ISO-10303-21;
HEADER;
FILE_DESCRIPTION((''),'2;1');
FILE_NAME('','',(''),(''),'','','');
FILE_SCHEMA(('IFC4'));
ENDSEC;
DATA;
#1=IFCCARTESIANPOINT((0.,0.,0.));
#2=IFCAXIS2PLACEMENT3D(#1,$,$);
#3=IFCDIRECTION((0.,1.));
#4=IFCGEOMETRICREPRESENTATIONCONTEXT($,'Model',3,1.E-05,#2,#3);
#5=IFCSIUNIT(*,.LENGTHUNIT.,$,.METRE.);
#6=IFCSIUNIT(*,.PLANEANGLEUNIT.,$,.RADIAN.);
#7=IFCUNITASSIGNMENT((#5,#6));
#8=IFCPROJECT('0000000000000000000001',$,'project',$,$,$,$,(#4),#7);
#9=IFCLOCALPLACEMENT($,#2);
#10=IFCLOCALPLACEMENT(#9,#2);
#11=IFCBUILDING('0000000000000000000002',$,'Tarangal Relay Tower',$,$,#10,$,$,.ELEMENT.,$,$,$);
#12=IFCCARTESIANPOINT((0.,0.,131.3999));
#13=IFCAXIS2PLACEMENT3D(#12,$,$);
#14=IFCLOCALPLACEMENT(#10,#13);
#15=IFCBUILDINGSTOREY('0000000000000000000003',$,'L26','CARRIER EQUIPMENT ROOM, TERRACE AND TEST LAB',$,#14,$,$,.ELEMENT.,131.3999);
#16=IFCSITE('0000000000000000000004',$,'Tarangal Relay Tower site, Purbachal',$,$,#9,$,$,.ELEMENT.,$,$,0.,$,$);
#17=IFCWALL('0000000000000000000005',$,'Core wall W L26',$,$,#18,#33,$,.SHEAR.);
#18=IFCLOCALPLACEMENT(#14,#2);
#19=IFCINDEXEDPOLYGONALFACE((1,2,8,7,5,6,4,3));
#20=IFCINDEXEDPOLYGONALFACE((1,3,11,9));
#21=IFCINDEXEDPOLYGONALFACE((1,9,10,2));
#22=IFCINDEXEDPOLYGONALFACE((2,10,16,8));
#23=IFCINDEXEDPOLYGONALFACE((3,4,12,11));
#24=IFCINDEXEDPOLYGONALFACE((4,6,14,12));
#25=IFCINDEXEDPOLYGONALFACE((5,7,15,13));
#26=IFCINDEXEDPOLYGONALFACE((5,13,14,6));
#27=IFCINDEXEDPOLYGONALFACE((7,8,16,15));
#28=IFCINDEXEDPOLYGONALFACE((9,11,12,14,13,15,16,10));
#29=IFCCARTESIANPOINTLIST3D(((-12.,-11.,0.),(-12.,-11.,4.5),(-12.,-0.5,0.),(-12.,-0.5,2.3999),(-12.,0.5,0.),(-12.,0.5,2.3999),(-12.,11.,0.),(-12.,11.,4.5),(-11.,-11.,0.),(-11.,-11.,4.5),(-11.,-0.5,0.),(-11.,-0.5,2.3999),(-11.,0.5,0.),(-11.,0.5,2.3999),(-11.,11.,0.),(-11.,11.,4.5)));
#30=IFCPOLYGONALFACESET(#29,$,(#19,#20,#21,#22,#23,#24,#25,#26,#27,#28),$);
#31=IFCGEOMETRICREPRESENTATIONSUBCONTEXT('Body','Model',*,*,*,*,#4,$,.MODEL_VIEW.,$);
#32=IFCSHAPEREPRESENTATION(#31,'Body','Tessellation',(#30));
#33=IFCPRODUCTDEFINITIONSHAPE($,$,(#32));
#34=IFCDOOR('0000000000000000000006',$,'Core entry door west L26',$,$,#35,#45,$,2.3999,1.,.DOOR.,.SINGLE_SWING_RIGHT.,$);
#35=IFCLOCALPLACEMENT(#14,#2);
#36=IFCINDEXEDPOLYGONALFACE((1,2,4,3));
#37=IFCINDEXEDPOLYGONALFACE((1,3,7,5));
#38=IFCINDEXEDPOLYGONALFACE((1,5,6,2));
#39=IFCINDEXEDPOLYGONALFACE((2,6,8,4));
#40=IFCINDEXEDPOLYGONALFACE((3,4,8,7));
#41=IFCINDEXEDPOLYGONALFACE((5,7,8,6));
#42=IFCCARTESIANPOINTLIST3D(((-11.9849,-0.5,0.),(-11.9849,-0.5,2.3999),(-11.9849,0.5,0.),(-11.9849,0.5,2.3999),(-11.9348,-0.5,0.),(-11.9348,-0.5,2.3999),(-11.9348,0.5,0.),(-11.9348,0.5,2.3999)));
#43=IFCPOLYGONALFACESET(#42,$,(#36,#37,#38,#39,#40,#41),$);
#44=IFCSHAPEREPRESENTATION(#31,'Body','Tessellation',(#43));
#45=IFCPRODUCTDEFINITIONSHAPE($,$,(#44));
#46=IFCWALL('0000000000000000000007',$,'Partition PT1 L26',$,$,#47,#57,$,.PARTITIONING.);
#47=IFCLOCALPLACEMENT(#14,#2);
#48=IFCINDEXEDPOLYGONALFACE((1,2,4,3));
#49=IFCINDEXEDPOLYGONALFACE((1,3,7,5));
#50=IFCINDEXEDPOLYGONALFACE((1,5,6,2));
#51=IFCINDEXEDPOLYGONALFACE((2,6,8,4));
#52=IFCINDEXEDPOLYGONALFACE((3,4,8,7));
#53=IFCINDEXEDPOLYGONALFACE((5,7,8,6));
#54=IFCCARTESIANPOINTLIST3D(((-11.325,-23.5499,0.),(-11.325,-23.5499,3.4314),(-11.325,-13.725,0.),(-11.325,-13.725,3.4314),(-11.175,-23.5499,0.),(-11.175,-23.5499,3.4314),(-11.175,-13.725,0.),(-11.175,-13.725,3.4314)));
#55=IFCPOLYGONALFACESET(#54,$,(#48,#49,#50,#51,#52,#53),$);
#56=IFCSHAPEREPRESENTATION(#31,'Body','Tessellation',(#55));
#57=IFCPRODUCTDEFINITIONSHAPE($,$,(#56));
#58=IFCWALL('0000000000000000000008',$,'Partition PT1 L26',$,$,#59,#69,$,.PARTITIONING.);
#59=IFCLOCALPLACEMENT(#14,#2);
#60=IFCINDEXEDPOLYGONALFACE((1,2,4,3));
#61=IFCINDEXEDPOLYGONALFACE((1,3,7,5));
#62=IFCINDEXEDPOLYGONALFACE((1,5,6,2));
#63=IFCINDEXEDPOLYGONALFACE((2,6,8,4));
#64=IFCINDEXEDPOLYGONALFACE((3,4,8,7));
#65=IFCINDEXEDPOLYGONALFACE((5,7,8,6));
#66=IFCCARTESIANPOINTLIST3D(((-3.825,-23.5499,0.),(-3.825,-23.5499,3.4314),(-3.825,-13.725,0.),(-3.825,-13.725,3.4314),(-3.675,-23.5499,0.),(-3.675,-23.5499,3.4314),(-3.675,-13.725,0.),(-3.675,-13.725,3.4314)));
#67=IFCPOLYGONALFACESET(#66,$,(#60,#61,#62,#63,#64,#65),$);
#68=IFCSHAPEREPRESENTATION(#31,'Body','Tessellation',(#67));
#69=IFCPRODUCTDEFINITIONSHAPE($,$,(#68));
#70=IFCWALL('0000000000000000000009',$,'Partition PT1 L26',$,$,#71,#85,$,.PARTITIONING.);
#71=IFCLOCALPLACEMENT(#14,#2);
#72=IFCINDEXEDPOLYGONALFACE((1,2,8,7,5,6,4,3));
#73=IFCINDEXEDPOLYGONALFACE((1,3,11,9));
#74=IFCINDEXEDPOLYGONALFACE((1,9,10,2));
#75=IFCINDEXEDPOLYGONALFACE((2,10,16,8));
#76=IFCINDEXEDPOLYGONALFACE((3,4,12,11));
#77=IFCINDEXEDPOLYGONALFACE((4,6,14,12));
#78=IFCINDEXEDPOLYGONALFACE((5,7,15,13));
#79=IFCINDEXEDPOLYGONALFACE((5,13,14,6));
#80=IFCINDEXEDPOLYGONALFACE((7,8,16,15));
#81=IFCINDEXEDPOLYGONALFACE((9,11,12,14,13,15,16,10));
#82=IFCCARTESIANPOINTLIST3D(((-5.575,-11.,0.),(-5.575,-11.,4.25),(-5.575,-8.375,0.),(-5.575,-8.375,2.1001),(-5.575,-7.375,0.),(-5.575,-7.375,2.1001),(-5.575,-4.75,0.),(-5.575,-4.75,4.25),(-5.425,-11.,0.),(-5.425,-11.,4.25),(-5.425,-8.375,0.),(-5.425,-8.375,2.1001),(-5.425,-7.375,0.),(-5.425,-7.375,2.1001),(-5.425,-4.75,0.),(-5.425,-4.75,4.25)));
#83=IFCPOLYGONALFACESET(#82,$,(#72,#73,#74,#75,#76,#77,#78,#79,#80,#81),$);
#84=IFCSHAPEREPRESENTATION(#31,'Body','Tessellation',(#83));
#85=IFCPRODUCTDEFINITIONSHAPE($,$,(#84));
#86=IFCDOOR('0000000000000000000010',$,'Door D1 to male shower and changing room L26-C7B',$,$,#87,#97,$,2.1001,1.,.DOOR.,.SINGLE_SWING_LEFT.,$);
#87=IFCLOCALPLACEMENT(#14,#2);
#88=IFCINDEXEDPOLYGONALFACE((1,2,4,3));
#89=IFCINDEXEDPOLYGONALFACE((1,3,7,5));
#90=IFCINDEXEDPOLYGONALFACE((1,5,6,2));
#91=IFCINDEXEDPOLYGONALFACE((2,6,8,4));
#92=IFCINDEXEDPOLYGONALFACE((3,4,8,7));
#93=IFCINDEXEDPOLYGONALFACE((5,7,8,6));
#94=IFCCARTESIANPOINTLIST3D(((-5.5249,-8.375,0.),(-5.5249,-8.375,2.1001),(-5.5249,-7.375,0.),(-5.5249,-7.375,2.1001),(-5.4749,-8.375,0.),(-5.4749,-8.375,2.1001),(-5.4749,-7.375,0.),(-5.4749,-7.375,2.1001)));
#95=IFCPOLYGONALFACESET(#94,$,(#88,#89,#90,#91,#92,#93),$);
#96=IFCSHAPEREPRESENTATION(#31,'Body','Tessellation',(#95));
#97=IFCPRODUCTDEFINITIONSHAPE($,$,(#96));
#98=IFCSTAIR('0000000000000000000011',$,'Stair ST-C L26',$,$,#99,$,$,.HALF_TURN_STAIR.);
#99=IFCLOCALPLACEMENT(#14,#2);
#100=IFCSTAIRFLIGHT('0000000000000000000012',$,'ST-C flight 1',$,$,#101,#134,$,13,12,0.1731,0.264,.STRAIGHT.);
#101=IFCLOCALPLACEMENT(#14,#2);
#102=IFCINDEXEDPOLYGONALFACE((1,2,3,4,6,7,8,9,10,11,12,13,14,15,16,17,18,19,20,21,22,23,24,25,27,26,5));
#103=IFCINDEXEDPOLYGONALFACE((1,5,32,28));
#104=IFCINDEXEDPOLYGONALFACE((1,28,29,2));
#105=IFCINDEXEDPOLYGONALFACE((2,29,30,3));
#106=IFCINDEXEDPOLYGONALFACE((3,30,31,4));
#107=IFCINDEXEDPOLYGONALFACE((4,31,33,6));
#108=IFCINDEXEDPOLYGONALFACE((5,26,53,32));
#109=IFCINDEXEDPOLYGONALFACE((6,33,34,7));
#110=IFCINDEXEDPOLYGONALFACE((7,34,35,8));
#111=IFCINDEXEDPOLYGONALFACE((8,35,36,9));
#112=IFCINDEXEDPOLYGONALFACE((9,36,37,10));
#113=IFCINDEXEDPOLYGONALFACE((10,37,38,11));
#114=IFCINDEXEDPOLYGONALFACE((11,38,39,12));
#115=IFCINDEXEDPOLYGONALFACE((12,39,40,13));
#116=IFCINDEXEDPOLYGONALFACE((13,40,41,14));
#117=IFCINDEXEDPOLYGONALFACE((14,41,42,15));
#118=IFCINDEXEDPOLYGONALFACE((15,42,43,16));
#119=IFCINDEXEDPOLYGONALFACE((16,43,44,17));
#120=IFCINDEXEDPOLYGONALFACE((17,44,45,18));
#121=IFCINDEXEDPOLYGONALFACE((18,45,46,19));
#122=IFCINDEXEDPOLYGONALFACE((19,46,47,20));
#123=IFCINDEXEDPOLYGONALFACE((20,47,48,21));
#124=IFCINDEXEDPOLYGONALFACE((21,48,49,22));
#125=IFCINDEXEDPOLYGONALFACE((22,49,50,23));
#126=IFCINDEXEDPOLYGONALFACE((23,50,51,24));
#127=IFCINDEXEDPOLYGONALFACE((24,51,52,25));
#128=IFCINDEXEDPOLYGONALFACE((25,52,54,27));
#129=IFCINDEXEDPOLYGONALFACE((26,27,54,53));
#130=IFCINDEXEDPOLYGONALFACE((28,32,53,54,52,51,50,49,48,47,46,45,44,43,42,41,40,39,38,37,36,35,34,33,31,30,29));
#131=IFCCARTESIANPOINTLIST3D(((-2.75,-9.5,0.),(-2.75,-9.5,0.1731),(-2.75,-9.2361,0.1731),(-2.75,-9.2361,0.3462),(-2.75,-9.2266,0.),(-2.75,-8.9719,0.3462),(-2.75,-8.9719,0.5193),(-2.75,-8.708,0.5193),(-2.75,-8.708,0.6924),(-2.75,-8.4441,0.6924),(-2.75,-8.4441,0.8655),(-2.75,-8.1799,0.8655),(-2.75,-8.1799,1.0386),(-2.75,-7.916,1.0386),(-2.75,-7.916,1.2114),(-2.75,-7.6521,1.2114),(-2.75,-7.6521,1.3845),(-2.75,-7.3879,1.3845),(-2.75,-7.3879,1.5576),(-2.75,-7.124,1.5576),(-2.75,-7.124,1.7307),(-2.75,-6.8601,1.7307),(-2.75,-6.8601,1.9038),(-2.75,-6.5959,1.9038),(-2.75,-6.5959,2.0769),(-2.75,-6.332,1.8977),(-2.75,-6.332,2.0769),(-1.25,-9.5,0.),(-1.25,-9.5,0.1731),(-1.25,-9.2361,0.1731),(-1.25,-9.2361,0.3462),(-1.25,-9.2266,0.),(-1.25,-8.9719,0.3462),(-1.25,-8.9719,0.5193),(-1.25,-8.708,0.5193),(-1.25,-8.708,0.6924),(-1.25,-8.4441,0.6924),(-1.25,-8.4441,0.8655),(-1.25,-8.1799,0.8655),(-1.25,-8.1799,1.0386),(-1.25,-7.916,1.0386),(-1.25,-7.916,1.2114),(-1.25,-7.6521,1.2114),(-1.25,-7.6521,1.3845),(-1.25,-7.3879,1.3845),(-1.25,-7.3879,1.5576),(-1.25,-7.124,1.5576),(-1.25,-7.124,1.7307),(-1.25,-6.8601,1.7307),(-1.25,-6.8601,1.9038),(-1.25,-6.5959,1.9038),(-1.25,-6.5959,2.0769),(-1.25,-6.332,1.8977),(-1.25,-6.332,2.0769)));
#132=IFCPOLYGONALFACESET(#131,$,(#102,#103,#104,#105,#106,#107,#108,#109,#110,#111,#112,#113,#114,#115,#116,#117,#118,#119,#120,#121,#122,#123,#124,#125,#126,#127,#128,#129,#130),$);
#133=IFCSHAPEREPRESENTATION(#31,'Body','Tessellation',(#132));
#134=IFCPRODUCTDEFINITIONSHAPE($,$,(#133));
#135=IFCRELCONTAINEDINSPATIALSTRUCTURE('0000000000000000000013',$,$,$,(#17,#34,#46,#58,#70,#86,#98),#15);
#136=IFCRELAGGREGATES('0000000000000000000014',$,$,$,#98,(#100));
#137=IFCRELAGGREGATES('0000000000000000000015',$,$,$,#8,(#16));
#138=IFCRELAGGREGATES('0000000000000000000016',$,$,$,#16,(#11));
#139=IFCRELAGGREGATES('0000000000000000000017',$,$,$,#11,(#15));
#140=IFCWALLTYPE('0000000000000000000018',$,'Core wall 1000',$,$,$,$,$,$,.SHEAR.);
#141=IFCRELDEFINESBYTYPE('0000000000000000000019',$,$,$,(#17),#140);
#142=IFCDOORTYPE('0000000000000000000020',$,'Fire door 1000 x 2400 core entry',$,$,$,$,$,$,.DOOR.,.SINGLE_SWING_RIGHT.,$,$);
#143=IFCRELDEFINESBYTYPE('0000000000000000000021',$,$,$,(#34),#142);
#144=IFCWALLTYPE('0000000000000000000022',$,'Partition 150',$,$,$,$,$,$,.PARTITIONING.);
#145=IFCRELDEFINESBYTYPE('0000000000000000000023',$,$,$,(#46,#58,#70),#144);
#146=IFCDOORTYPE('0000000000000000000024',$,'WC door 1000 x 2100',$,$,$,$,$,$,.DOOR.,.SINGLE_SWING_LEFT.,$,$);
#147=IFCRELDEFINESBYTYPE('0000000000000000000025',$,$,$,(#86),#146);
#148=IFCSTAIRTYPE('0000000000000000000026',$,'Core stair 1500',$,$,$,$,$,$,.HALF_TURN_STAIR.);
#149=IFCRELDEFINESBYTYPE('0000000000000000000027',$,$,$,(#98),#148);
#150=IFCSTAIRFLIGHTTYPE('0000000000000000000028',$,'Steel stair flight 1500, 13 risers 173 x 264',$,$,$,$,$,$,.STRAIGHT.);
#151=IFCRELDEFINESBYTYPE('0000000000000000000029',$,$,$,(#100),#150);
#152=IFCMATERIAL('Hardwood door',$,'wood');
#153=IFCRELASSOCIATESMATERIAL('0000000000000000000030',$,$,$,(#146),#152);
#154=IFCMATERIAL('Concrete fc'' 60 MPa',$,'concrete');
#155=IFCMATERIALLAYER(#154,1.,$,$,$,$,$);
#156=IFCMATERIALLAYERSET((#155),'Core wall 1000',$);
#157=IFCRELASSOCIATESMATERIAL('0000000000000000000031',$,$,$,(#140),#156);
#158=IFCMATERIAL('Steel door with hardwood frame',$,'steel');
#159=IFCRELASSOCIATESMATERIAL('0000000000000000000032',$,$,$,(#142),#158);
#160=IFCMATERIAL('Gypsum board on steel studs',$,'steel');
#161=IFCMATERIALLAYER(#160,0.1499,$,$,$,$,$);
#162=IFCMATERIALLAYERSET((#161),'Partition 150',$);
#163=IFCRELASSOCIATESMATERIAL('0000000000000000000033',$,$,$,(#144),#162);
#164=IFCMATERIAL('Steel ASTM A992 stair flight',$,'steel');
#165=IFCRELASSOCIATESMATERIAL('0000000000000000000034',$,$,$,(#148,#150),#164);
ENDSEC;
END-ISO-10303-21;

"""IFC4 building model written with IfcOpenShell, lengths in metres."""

from ifc_helpers import new_model, si_unit, direction, frame, frame_2d, origin, place, context, subcontext, project, spatial, polyline, rectangle, outline, extrude, material, layer, layer_set, type_object, element, fill, aggregate, save


model = new_model("IFC4")

# Units and contexts
model_context = context("Model", 3, precision=1e-05, world=origin(), true_north=direction((0.0, 1.0)))
body_context = subcontext(model_context, "Body", "Model", "MODEL_VIEW")
ifc_project = project(units=[si_unit("LENGTHUNIT", "METRE"), si_unit("PLANEANGLEUNIT", "RADIAN")], contexts=[model_context])

# Site, building, storey
site_placement = place(None, origin())
site = spatial("IfcSite", under=ifc_project, at=site_placement, Name="Tarangal Relay Tower site, Purbachal", CompositionType="ELEMENT", RefElevation=0.0)
building_placement = place(site_placement, origin())
building = spatial("IfcBuilding", under=site, at=building_placement, Name="Tarangal Relay Tower", CompositionType="ELEMENT")
storey_placement = place(building_placement, frame((0.0, 0.0, 131.3999)))
storey = spatial("IfcBuildingStorey", under=building, at=storey_placement, Name="L26", Description="CARRIER EQUIPMENT ROOM, TERRACE AND TEST LAB", CompositionType="ELEMENT", Elevation=131.3999)

# Shared definitions
ifc_material_1 = material(Name="Concrete fc' 60 MPa", Category="concrete")

# Shared definitions
ifc_material_2 = material(Name="Hardwood door", Category="wood")
door_type_1 = type_object("IfcDoorType", Name="WC door 1000 x 2100", OperationType="SINGLE_SWING_LEFT", PredefinedType="DOOR", material=ifc_material_2)

# Wall, opening, door
ifc_layer_1 = layer(ifc_material_1, 1.0)
ifc_layer_set_1 = layer_set([ifc_layer_1], Name="Core wall 1000")
wall_type_1 = type_object("IfcWallType", Name="Core wall 1000", PredefinedType="SHEAR", material=ifc_layer_set_1)
wall_1_placement = place(storey_placement, frame((-11.5, -11.0, 0.0), z_axis=(0.0, 0.0, 1.0), x_axis=(0.0, 1.0, 0.0)))
wall_1 = element("IfcWall", 1, at=wall_1_placement, inside=storey, type_object=wall_type_1, Name="Core wall W L26", PredefinedType="SHEAR", context=body_context, shape_type="SweptSolid", body=[
    extrude(rectangle(XDim=22.0, YDim=1.0, at=frame_2d((11.0, 0.0))), origin(), (0.0, 0.0, 1.0), 4.5),
])
opening_1_placement = place(wall_1_placement, frame((10.5, 0.0, 0.0)))
opening_1 = element("IfcOpeningElement", 2, at=opening_1_placement, cuts=wall_1, PredefinedType="OPENING", context=body_context, shape_type="SweptSolid", body=[
    extrude(rectangle(XDim=1.0, YDim=2.3999, at=frame_2d((0.5, 1.2))), frame((0.0, 0.51, 0.0), z_axis=(0.0, -1.0, 0.0), x_axis=(1.0, 0.0, 0.0)), (0.0, 0.0, 1.0), 1.02),
])
ifc_material_3 = material(Name="Steel door with hardwood frame", Category="steel")
door_type_2 = type_object("IfcDoorType", Name="Fire door 1000 x 2400 core entry", OperationType="SINGLE_SWING_RIGHT", PredefinedType="DOOR", material=ifc_material_3)
door_1_placement = place(opening_1_placement, origin())
door_1 = element("IfcDoor", 3, at=door_1_placement, inside=storey, type_object=door_type_2, Name="Core entry door west L26", OperationType="SINGLE_SWING_RIGHT", OverallHeight=2.3999, OverallWidth=1.0, PredefinedType="DOOR", context=body_context, shape_type="SweptSolid", body=[
    extrude(rectangle(XDim=1.0, YDim=2.3999, at=frame_2d((0.5, 1.2))), frame((0.0, 0.4849, 0.0), z_axis=(0.0, -1.0, 0.0), x_axis=(1.0, 0.0, 0.0)), (0.0, 0.0, 1.0), 0.05),
])
fill(opening_1, door_1)

# Walls
ifc_material_4 = material(Name="Gypsum board on steel studs", Category="steel")
ifc_layer_2 = layer(ifc_material_4, 0.1499)
ifc_layer_set_2 = layer_set([ifc_layer_2], Name="Partition 150")
wall_type_2 = type_object("IfcWallType", Name="Partition 150", PredefinedType="PARTITIONING", material=ifc_layer_set_2)
for number, where, z_axis, x_axis, name in (
    (4, (-11.25, -23.55, 0.0), (0.0, 0.0, 1.0), (0.0, 1.0, 0.0), "Partition PT1 L26"),
    (5, (-3.75, -23.55, 0.0), (0.0, 0.0, 1.0), (0.0, 1.0, 0.0), "Partition PT1 L26"),
):
    element("IfcWall", number, at=place(storey_placement, frame(where, z_axis=z_axis, x_axis=x_axis)), inside=storey, type_object=wall_type_2, Name=name, PredefinedType="PARTITIONING", context=body_context, shape_type="SweptSolid", body=[
        extrude(rectangle(XDim=9.825, YDim=0.1499, at=frame_2d((4.9126, 0.0))), origin(), (0.0, 0.0, 1.0), 3.4314),
    ])

# Wall, opening, door
wall_2_placement = place(storey_placement, frame((-5.5, -11.0, 0.0), z_axis=(0.0, 0.0, 1.0), x_axis=(0.0, 1.0, 0.0)))
wall_2 = element("IfcWall", 6, at=wall_2_placement, inside=storey, type_object=wall_type_2, Name="Partition PT1 L26", PredefinedType="PARTITIONING", context=body_context, shape_type="SweptSolid", body=[
    extrude(rectangle(XDim=6.25, YDim=0.1499, at=frame_2d((3.125, 0.0))), origin(), (0.0, 0.0, 1.0), 4.25),
])
opening_2_placement = place(wall_2_placement, frame((2.625, 0.0, 0.0)))
opening_2 = element("IfcOpeningElement", 7, at=opening_2_placement, cuts=wall_2, PredefinedType="OPENING", context=body_context, shape_type="SweptSolid", body=[
    extrude(rectangle(XDim=1.0, YDim=2.1001, at=frame_2d((0.5, 1.05))), frame((0.0, 0.085, 0.0), z_axis=(0.0, -1.0, 0.0), x_axis=(1.0, 0.0, 0.0)), (0.0, 0.0, 1.0), 0.1699),
])
door_2_placement = place(opening_2_placement, origin())
door_2 = element("IfcDoor", 8, at=door_2_placement, inside=storey, type_object=door_type_1, Name="Door D1 to male shower and changing room L26-C7B", OperationType="SINGLE_SWING_LEFT", OverallHeight=2.1001, OverallWidth=1.0, PredefinedType="DOOR", context=body_context, shape_type="SweptSolid", body=[
    extrude(rectangle(XDim=1.0, YDim=2.1001, at=frame_2d((0.5, 1.05))), frame((0.0, 0.0249, 0.0), z_axis=(0.0, -1.0, 0.0), x_axis=(1.0, 0.0, 0.0)), (0.0, 0.0, 1.0), 0.05),
])
fill(opening_2, door_2)

# Stair, stair flight
ifc_material_5 = material(Name="Steel ASTM A992 stair flight", Category="steel")
stair_type = type_object("IfcStairType", Name="Core stair 1500", PredefinedType="HALF_TURN_STAIR", material=ifc_material_5)
stair_placement = place(storey_placement, origin())
stair = element("IfcStair", 9, at=stair_placement, inside=storey, type_object=stair_type, Name="Stair ST-C L26", PredefinedType="HALF_TURN_STAIR")
stair_flight_type = type_object("IfcStairFlightType", Name="Steel stair flight 1500, 13 risers 173 x 264", PredefinedType="STRAIGHT", material=ifc_material_5)
stair_flight_placement = place(storey_placement, frame((-2.0, -9.5, 0.0), z_axis=(0.0, 0.0, 1.0), x_axis=(0.0, 1.0, 0.0)))
stair_flight = element("IfcStairFlight", 10, at=stair_flight_placement, type_object=stair_flight_type, Name="ST-C flight 1", NumberOfRisers=13, NumberOfTreads=12, PredefinedType="STRAIGHT", RiserHeight=0.1731, TreadLength=0.264, context=body_context, shape_type="SweptSolid", body=[
    extrude(outline(polyline([(0.0, 0.0), (0.0, 0.1731), (0.2639, 0.1731), (0.2639, 0.3462), (0.5281, 0.3462), (0.5281, 0.5193), (0.792, 0.5193), (0.792, 0.6924), (1.0559, 0.6924), (1.0559, 0.8655), (1.3201, 0.8655), (1.3201, 1.0386), (1.584, 1.0386), (1.584, 1.2114), (1.8479, 1.2114), (1.8479, 1.3845), (2.1121, 1.3845), (2.1121, 1.5576), (2.376, 1.5576), (2.376, 1.7307), (2.6399, 1.7307), (2.6399, 1.9038), (2.9041, 1.9038), (2.9041, 2.0769), (3.168, 2.0769), (3.168, 2.25), (3.168, 1.8977), (0.2734, 0.0), (0.0, 0.0)])), frame((0.0, 0.75, 0.0), z_axis=(0.0, -1.0, 0.0), x_axis=(1.0, 0.0, 0.0)), (0.0, 0.0, 1.0), 1.5),
])
aggregate(stair, [stair_flight])

save(model, "model.ifc")
